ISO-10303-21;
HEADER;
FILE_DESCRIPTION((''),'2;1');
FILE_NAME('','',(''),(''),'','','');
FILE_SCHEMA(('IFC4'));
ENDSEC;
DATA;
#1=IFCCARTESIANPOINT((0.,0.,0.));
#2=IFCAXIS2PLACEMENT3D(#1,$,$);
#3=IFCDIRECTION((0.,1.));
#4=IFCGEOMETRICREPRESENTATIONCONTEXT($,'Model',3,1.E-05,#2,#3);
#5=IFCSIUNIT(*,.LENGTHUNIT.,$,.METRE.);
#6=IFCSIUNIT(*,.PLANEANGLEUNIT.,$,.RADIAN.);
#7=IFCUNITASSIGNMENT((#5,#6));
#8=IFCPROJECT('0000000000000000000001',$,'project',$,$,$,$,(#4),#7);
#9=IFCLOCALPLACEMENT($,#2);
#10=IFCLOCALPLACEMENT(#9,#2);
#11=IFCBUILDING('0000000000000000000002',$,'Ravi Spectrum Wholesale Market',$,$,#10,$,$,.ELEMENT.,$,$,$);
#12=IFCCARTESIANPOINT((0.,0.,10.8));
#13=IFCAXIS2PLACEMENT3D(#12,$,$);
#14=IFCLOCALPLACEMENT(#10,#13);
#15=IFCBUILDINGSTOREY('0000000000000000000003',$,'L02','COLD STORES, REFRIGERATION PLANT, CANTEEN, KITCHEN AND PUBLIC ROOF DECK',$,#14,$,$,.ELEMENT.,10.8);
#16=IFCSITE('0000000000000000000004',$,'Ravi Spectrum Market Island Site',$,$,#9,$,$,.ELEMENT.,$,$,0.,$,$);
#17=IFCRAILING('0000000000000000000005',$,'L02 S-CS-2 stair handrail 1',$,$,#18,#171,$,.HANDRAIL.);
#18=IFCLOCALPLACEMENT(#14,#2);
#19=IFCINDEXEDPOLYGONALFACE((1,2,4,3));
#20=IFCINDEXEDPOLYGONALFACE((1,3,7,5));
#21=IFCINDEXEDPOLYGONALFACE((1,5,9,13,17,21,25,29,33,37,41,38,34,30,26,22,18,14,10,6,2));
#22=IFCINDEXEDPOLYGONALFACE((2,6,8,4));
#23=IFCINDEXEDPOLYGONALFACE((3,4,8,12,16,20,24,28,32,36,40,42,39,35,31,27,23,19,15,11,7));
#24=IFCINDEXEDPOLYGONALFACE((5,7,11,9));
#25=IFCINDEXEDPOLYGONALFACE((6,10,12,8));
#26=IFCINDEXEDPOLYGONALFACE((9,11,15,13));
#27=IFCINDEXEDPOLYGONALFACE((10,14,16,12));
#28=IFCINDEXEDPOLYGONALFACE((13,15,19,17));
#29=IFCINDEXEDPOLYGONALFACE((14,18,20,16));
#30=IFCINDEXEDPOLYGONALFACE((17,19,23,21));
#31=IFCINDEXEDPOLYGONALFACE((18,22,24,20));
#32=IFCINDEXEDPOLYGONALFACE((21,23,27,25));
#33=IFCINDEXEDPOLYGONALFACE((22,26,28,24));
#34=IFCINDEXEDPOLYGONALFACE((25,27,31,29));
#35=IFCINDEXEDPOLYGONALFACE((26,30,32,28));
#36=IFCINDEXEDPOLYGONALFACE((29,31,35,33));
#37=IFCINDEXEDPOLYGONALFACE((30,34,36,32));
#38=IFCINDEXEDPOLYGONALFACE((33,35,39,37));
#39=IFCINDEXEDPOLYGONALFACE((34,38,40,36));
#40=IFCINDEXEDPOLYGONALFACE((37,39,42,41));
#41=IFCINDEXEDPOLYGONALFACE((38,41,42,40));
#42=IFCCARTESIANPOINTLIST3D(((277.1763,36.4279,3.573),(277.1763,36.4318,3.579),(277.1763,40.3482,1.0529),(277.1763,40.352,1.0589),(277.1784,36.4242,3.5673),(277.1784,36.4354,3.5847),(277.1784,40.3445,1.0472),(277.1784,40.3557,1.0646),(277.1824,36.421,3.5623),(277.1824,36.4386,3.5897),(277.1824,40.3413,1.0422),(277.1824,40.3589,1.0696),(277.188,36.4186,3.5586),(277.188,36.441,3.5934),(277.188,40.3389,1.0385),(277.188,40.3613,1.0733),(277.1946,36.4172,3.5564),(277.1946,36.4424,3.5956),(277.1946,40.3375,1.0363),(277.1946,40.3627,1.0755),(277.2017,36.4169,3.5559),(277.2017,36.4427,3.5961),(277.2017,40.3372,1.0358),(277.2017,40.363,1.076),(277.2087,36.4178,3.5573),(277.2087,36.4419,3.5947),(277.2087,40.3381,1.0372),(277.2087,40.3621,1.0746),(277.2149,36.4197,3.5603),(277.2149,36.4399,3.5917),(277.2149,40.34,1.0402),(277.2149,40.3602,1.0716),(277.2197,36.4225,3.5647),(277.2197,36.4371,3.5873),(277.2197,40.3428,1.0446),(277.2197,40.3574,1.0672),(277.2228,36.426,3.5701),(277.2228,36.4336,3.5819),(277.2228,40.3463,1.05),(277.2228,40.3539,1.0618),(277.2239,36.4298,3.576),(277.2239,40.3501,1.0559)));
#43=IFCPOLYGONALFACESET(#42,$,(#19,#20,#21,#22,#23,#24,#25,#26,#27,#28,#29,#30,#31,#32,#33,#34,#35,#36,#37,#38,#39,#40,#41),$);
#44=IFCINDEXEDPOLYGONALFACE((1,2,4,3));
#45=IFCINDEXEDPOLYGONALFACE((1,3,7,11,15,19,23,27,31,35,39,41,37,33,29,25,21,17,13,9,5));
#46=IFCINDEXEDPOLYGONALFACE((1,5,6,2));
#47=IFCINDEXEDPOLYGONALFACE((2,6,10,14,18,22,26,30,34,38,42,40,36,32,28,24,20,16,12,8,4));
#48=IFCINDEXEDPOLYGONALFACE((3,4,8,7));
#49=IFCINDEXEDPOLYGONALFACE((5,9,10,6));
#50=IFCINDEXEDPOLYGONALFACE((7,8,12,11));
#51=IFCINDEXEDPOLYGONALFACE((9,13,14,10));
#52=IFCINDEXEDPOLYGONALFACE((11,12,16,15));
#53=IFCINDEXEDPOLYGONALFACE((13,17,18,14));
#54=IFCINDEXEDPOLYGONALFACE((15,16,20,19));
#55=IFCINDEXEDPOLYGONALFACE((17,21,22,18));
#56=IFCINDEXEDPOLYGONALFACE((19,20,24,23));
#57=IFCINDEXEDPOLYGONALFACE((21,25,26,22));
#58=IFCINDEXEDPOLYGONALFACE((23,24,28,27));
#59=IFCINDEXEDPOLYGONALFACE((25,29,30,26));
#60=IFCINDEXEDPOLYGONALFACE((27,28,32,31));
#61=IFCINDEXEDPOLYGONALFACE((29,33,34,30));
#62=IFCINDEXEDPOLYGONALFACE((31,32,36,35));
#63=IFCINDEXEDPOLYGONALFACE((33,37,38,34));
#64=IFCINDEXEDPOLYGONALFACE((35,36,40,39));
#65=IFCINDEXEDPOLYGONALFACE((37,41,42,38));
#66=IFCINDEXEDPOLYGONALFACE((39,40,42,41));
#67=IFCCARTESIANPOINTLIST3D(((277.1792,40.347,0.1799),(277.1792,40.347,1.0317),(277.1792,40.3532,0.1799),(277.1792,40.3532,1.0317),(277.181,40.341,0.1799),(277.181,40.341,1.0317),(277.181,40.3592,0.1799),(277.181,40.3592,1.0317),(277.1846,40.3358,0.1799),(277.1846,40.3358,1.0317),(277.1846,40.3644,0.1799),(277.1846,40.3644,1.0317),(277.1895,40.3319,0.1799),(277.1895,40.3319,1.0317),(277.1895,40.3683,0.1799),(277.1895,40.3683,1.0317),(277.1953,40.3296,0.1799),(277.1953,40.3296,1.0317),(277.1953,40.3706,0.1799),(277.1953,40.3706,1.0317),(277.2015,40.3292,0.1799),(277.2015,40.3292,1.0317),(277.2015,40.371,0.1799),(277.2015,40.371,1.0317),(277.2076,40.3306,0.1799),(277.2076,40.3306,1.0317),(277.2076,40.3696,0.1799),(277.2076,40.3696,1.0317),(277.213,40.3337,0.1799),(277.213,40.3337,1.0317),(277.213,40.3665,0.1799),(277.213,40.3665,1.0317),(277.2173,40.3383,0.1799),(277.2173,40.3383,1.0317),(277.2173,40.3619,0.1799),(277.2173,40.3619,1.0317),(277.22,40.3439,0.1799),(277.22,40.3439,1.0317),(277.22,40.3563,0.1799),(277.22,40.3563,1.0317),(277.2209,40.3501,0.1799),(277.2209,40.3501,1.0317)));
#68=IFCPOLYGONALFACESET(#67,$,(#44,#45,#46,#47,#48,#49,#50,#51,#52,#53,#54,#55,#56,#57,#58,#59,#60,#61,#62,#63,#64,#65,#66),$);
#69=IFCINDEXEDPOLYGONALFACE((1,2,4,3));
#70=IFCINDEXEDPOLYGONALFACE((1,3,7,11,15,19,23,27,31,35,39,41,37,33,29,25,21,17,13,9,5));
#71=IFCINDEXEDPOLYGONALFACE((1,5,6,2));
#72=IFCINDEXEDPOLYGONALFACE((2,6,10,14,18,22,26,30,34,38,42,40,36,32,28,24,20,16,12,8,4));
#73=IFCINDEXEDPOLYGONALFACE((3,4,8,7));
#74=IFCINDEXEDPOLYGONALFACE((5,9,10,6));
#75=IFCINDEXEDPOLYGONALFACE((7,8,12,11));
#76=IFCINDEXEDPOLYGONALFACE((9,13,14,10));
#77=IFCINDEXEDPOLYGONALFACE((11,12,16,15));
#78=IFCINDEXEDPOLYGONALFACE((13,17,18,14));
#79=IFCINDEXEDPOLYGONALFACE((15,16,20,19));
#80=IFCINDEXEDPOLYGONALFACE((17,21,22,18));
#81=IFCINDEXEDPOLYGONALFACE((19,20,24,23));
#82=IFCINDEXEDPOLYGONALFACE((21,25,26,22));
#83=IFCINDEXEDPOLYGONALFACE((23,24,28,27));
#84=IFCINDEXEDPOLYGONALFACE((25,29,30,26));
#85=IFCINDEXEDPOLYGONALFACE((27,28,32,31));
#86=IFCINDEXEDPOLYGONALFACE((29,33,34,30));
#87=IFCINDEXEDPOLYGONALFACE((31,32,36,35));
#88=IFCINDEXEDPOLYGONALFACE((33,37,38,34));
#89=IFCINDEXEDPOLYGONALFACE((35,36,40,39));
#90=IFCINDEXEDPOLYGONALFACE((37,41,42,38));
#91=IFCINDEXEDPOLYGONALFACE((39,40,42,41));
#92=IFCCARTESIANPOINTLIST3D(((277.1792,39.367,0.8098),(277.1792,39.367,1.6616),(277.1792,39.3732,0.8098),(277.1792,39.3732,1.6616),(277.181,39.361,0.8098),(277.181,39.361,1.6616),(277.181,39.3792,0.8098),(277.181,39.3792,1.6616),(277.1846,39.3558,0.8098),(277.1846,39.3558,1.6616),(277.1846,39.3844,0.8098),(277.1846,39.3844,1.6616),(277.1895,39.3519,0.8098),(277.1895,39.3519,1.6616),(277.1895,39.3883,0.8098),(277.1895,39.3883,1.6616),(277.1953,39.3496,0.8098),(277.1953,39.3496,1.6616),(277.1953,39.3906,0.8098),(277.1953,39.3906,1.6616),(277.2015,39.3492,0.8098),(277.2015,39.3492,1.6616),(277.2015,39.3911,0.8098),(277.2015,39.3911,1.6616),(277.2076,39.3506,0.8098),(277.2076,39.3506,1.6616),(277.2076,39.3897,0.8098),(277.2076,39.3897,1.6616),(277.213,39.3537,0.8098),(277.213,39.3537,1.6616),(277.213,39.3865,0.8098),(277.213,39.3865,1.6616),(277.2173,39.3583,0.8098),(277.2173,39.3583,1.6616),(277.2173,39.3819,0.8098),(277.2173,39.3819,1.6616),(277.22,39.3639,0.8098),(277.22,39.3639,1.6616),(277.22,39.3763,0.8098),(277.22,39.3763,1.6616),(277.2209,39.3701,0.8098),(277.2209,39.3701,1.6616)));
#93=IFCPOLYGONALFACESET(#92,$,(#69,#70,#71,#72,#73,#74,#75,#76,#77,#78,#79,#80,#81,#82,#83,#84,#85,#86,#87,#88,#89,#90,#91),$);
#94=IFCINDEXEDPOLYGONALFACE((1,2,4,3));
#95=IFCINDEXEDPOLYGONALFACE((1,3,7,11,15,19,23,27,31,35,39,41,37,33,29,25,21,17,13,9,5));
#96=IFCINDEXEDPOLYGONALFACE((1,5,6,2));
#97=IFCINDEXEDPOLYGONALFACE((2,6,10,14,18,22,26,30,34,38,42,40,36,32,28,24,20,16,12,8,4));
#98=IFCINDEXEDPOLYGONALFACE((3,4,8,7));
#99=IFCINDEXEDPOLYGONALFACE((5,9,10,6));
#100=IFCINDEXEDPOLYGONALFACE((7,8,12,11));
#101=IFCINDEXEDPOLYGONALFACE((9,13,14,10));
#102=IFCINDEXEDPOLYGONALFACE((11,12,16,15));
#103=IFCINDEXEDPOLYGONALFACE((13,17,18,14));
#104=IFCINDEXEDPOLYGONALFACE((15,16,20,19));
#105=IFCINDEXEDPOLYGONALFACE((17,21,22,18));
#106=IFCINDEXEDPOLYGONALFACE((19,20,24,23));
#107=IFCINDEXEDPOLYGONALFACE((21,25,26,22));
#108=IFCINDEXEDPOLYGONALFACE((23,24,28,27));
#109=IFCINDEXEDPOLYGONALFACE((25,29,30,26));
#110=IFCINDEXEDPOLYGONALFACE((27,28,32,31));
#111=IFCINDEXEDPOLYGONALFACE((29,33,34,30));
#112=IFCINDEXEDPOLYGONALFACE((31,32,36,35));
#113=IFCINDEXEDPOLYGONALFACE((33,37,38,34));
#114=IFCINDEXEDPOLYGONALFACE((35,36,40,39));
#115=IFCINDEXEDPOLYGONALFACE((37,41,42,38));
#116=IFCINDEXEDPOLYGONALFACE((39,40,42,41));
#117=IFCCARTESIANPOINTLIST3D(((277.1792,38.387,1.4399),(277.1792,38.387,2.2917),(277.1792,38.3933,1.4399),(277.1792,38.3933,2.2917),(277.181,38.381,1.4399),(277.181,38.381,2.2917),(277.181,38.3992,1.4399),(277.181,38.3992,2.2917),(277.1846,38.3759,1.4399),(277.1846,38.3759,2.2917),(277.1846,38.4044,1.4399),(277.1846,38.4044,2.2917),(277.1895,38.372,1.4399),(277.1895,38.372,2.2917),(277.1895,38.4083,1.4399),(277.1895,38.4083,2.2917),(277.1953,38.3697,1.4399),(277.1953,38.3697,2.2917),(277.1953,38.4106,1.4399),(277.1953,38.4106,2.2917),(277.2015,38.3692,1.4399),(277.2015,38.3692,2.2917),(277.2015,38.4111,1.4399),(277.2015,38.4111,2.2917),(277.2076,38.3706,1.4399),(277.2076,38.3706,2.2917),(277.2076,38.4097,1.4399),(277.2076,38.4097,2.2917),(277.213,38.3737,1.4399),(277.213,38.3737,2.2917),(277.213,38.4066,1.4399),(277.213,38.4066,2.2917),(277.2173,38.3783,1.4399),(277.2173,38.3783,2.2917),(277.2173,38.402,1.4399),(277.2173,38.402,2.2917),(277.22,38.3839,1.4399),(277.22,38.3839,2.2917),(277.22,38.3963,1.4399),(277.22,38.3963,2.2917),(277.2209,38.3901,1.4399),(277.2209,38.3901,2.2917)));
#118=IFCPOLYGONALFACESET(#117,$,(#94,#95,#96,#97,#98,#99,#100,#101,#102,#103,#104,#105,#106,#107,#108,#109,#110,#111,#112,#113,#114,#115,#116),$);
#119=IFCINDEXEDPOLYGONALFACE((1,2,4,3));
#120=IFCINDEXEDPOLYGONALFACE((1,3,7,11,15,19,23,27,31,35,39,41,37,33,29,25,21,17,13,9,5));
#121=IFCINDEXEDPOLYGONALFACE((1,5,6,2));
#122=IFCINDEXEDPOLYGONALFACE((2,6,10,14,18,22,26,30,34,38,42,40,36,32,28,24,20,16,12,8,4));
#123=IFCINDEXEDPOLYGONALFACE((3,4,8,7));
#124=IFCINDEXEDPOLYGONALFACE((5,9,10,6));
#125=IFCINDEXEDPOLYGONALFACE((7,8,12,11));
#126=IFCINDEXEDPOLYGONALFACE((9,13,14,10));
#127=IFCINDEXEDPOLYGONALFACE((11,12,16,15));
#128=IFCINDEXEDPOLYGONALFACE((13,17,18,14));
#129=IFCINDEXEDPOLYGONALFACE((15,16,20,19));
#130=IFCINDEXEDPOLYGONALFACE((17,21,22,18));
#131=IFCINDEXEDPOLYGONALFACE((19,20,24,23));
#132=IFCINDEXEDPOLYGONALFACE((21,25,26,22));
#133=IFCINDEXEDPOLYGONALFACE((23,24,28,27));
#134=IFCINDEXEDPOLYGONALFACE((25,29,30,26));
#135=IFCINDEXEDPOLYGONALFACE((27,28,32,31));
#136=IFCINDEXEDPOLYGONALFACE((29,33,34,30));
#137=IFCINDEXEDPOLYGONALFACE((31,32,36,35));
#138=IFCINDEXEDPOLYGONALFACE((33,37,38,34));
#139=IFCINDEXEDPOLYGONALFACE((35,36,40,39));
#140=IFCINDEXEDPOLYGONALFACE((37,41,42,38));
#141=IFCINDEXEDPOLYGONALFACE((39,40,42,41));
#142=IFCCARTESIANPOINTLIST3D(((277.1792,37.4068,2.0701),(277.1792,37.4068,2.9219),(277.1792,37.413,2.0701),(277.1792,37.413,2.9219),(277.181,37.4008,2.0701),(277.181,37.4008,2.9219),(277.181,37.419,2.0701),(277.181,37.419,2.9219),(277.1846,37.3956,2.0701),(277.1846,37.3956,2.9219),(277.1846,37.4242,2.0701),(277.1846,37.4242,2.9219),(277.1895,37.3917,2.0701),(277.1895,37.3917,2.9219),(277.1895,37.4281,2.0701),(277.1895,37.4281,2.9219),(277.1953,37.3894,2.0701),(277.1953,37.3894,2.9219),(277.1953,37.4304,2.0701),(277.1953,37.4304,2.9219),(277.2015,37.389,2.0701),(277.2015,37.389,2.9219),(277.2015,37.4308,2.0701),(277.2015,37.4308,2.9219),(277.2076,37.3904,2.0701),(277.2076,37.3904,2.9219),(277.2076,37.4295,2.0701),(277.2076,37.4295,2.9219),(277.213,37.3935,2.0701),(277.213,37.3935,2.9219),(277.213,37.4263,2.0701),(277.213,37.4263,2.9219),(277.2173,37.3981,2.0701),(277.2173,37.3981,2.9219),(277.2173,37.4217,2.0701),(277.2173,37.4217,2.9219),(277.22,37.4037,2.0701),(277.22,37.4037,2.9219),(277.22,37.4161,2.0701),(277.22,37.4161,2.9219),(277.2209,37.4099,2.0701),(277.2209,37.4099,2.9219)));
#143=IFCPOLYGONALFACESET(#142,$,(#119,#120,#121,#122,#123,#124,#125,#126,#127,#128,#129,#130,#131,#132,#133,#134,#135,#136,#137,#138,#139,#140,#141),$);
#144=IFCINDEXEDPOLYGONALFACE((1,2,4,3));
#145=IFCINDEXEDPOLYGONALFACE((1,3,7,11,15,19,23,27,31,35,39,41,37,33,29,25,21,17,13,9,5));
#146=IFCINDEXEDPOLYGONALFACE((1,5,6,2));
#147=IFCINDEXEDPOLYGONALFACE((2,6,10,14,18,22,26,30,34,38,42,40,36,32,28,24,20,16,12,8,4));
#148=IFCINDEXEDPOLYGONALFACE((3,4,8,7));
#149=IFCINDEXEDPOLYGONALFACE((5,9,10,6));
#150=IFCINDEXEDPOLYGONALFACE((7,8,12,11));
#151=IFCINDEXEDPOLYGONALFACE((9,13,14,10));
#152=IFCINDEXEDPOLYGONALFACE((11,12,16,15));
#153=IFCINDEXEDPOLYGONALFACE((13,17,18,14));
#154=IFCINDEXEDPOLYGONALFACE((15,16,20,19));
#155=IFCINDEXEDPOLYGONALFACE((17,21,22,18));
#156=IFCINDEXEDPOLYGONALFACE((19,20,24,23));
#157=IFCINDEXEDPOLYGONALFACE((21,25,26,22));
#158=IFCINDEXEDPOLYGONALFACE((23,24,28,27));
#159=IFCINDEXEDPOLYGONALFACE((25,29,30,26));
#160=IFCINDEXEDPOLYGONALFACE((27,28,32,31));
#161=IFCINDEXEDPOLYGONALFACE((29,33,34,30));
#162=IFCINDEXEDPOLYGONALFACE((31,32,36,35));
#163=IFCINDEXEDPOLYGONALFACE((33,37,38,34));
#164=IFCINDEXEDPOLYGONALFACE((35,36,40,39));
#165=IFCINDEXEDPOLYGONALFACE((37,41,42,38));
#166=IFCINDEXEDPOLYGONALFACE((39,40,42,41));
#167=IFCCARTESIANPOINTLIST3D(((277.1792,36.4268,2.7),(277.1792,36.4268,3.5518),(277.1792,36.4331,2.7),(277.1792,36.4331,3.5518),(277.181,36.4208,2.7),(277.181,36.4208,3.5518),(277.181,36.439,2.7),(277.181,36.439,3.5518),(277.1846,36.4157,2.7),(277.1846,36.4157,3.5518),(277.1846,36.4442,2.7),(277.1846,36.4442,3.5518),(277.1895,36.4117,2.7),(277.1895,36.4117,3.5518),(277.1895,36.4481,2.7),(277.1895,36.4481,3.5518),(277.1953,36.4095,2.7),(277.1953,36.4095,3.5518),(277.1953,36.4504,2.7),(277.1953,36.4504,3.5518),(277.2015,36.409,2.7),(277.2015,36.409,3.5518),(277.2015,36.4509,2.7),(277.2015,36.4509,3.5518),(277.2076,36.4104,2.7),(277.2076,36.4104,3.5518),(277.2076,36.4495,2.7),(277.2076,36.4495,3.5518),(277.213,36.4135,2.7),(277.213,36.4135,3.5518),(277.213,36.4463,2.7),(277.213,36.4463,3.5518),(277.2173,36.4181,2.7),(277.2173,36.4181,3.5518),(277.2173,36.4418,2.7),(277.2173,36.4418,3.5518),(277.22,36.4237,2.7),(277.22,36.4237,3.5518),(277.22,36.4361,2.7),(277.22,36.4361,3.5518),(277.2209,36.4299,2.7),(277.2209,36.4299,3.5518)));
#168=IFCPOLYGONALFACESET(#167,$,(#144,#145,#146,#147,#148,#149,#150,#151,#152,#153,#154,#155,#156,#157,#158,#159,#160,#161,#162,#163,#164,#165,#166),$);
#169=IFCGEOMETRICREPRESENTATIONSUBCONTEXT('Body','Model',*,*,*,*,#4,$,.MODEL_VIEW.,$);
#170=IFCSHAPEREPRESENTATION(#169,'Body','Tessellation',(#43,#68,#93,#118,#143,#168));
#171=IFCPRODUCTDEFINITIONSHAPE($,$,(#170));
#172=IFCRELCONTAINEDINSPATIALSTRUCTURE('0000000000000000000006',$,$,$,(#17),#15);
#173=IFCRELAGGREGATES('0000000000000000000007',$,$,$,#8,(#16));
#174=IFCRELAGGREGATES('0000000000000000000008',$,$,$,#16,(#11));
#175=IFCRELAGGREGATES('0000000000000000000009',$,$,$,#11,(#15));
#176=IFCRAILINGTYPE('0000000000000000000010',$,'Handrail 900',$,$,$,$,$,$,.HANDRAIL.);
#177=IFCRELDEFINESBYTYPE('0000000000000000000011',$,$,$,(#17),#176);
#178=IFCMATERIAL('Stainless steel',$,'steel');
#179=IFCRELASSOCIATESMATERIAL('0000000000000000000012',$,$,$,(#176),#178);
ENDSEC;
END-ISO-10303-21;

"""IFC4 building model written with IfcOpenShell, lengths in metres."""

from ifc_helpers import new_model, si_unit, direction, frame, origin, origin_2d, place, context, subcontext, project, spatial, circle, extrude, material, type_object, element, save


model = new_model("IFC4")

# Units and contexts
model_context = context("Model", 3, precision=1e-05, world=origin(), true_north=direction((0.0, 1.0)))
body_context = subcontext(model_context, "Body", "Model", "MODEL_VIEW")
ifc_project = project(units=[si_unit("LENGTHUNIT", "METRE"), si_unit("PLANEANGLEUNIT", "RADIAN")], contexts=[model_context])

# Site, building, storey
site_placement = place(None, origin())
site = spatial("IfcSite", under=ifc_project, at=site_placement, Name="Ravi Spectrum Market Island Site", CompositionType="ELEMENT", RefElevation=0.0)
building_placement = place(site_placement, origin())
building = spatial("IfcBuilding", under=site, at=building_placement, Name="Ravi Spectrum Wholesale Market", CompositionType="ELEMENT")
storey_placement = place(building_placement, frame((0.0, 0.0, 10.8)))
storey = spatial("IfcBuildingStorey", under=building, at=storey_placement, Name="L02", Description="COLD STORES, REFRIGERATION PLANT, CANTEEN, KITCHEN AND PUBLIC ROOF DECK", CompositionType="ELEMENT", Elevation=10.8)

# Railing
ifc_material_1 = material(Name="Stainless steel", Category="steel")
railing_type_1 = type_object("IfcRailingType", Name="Handrail 900", PredefinedType="HANDRAIL", material=ifc_material_1)
railing_1_placement = place(storey_placement, frame((277.2, 40.3501, 0.1799)))
element("IfcRailing", 1, at=railing_1_placement, inside=storey, type_object=railing_type_1, Name="L02 S-CS-2 stair handrail 1", PredefinedType="HANDRAIL", context=body_context, shape_type="SweptSolid", body=[
    extrude(circle(Radius=0.0239, at=origin_2d()), frame((0.0, 0.0, 0.876), z_axis=(0.0, -0.841187, 0.540744), x_axis=(1.0, 0.0, 0.0)), (0.0, 0.0, 1.0), 4.6604),
    extrude(circle(Radius=0.021, at=origin_2d()), origin(), (0.0, 0.0, 1.0), 0.8518),
    extrude(circle(Radius=0.021, at=origin_2d()), frame((0.0, -0.98, 0.6299)), (0.0, 0.0, 1.0), 0.8518),
    extrude(circle(Radius=0.021, at=origin_2d()), frame((0.0, -1.96, 1.26)), (0.0, 0.0, 1.0), 0.8518),
    extrude(circle(Radius=0.021, at=origin_2d()), frame((0.0, -2.9402, 1.8901)), (0.0, 0.0, 1.0), 0.8518),
    extrude(circle(Radius=0.021, at=origin_2d()), frame((0.0, -3.9202, 2.52)), (0.0, 0.0, 1.0), 0.8518),
])

save(model, "model.ifc")
